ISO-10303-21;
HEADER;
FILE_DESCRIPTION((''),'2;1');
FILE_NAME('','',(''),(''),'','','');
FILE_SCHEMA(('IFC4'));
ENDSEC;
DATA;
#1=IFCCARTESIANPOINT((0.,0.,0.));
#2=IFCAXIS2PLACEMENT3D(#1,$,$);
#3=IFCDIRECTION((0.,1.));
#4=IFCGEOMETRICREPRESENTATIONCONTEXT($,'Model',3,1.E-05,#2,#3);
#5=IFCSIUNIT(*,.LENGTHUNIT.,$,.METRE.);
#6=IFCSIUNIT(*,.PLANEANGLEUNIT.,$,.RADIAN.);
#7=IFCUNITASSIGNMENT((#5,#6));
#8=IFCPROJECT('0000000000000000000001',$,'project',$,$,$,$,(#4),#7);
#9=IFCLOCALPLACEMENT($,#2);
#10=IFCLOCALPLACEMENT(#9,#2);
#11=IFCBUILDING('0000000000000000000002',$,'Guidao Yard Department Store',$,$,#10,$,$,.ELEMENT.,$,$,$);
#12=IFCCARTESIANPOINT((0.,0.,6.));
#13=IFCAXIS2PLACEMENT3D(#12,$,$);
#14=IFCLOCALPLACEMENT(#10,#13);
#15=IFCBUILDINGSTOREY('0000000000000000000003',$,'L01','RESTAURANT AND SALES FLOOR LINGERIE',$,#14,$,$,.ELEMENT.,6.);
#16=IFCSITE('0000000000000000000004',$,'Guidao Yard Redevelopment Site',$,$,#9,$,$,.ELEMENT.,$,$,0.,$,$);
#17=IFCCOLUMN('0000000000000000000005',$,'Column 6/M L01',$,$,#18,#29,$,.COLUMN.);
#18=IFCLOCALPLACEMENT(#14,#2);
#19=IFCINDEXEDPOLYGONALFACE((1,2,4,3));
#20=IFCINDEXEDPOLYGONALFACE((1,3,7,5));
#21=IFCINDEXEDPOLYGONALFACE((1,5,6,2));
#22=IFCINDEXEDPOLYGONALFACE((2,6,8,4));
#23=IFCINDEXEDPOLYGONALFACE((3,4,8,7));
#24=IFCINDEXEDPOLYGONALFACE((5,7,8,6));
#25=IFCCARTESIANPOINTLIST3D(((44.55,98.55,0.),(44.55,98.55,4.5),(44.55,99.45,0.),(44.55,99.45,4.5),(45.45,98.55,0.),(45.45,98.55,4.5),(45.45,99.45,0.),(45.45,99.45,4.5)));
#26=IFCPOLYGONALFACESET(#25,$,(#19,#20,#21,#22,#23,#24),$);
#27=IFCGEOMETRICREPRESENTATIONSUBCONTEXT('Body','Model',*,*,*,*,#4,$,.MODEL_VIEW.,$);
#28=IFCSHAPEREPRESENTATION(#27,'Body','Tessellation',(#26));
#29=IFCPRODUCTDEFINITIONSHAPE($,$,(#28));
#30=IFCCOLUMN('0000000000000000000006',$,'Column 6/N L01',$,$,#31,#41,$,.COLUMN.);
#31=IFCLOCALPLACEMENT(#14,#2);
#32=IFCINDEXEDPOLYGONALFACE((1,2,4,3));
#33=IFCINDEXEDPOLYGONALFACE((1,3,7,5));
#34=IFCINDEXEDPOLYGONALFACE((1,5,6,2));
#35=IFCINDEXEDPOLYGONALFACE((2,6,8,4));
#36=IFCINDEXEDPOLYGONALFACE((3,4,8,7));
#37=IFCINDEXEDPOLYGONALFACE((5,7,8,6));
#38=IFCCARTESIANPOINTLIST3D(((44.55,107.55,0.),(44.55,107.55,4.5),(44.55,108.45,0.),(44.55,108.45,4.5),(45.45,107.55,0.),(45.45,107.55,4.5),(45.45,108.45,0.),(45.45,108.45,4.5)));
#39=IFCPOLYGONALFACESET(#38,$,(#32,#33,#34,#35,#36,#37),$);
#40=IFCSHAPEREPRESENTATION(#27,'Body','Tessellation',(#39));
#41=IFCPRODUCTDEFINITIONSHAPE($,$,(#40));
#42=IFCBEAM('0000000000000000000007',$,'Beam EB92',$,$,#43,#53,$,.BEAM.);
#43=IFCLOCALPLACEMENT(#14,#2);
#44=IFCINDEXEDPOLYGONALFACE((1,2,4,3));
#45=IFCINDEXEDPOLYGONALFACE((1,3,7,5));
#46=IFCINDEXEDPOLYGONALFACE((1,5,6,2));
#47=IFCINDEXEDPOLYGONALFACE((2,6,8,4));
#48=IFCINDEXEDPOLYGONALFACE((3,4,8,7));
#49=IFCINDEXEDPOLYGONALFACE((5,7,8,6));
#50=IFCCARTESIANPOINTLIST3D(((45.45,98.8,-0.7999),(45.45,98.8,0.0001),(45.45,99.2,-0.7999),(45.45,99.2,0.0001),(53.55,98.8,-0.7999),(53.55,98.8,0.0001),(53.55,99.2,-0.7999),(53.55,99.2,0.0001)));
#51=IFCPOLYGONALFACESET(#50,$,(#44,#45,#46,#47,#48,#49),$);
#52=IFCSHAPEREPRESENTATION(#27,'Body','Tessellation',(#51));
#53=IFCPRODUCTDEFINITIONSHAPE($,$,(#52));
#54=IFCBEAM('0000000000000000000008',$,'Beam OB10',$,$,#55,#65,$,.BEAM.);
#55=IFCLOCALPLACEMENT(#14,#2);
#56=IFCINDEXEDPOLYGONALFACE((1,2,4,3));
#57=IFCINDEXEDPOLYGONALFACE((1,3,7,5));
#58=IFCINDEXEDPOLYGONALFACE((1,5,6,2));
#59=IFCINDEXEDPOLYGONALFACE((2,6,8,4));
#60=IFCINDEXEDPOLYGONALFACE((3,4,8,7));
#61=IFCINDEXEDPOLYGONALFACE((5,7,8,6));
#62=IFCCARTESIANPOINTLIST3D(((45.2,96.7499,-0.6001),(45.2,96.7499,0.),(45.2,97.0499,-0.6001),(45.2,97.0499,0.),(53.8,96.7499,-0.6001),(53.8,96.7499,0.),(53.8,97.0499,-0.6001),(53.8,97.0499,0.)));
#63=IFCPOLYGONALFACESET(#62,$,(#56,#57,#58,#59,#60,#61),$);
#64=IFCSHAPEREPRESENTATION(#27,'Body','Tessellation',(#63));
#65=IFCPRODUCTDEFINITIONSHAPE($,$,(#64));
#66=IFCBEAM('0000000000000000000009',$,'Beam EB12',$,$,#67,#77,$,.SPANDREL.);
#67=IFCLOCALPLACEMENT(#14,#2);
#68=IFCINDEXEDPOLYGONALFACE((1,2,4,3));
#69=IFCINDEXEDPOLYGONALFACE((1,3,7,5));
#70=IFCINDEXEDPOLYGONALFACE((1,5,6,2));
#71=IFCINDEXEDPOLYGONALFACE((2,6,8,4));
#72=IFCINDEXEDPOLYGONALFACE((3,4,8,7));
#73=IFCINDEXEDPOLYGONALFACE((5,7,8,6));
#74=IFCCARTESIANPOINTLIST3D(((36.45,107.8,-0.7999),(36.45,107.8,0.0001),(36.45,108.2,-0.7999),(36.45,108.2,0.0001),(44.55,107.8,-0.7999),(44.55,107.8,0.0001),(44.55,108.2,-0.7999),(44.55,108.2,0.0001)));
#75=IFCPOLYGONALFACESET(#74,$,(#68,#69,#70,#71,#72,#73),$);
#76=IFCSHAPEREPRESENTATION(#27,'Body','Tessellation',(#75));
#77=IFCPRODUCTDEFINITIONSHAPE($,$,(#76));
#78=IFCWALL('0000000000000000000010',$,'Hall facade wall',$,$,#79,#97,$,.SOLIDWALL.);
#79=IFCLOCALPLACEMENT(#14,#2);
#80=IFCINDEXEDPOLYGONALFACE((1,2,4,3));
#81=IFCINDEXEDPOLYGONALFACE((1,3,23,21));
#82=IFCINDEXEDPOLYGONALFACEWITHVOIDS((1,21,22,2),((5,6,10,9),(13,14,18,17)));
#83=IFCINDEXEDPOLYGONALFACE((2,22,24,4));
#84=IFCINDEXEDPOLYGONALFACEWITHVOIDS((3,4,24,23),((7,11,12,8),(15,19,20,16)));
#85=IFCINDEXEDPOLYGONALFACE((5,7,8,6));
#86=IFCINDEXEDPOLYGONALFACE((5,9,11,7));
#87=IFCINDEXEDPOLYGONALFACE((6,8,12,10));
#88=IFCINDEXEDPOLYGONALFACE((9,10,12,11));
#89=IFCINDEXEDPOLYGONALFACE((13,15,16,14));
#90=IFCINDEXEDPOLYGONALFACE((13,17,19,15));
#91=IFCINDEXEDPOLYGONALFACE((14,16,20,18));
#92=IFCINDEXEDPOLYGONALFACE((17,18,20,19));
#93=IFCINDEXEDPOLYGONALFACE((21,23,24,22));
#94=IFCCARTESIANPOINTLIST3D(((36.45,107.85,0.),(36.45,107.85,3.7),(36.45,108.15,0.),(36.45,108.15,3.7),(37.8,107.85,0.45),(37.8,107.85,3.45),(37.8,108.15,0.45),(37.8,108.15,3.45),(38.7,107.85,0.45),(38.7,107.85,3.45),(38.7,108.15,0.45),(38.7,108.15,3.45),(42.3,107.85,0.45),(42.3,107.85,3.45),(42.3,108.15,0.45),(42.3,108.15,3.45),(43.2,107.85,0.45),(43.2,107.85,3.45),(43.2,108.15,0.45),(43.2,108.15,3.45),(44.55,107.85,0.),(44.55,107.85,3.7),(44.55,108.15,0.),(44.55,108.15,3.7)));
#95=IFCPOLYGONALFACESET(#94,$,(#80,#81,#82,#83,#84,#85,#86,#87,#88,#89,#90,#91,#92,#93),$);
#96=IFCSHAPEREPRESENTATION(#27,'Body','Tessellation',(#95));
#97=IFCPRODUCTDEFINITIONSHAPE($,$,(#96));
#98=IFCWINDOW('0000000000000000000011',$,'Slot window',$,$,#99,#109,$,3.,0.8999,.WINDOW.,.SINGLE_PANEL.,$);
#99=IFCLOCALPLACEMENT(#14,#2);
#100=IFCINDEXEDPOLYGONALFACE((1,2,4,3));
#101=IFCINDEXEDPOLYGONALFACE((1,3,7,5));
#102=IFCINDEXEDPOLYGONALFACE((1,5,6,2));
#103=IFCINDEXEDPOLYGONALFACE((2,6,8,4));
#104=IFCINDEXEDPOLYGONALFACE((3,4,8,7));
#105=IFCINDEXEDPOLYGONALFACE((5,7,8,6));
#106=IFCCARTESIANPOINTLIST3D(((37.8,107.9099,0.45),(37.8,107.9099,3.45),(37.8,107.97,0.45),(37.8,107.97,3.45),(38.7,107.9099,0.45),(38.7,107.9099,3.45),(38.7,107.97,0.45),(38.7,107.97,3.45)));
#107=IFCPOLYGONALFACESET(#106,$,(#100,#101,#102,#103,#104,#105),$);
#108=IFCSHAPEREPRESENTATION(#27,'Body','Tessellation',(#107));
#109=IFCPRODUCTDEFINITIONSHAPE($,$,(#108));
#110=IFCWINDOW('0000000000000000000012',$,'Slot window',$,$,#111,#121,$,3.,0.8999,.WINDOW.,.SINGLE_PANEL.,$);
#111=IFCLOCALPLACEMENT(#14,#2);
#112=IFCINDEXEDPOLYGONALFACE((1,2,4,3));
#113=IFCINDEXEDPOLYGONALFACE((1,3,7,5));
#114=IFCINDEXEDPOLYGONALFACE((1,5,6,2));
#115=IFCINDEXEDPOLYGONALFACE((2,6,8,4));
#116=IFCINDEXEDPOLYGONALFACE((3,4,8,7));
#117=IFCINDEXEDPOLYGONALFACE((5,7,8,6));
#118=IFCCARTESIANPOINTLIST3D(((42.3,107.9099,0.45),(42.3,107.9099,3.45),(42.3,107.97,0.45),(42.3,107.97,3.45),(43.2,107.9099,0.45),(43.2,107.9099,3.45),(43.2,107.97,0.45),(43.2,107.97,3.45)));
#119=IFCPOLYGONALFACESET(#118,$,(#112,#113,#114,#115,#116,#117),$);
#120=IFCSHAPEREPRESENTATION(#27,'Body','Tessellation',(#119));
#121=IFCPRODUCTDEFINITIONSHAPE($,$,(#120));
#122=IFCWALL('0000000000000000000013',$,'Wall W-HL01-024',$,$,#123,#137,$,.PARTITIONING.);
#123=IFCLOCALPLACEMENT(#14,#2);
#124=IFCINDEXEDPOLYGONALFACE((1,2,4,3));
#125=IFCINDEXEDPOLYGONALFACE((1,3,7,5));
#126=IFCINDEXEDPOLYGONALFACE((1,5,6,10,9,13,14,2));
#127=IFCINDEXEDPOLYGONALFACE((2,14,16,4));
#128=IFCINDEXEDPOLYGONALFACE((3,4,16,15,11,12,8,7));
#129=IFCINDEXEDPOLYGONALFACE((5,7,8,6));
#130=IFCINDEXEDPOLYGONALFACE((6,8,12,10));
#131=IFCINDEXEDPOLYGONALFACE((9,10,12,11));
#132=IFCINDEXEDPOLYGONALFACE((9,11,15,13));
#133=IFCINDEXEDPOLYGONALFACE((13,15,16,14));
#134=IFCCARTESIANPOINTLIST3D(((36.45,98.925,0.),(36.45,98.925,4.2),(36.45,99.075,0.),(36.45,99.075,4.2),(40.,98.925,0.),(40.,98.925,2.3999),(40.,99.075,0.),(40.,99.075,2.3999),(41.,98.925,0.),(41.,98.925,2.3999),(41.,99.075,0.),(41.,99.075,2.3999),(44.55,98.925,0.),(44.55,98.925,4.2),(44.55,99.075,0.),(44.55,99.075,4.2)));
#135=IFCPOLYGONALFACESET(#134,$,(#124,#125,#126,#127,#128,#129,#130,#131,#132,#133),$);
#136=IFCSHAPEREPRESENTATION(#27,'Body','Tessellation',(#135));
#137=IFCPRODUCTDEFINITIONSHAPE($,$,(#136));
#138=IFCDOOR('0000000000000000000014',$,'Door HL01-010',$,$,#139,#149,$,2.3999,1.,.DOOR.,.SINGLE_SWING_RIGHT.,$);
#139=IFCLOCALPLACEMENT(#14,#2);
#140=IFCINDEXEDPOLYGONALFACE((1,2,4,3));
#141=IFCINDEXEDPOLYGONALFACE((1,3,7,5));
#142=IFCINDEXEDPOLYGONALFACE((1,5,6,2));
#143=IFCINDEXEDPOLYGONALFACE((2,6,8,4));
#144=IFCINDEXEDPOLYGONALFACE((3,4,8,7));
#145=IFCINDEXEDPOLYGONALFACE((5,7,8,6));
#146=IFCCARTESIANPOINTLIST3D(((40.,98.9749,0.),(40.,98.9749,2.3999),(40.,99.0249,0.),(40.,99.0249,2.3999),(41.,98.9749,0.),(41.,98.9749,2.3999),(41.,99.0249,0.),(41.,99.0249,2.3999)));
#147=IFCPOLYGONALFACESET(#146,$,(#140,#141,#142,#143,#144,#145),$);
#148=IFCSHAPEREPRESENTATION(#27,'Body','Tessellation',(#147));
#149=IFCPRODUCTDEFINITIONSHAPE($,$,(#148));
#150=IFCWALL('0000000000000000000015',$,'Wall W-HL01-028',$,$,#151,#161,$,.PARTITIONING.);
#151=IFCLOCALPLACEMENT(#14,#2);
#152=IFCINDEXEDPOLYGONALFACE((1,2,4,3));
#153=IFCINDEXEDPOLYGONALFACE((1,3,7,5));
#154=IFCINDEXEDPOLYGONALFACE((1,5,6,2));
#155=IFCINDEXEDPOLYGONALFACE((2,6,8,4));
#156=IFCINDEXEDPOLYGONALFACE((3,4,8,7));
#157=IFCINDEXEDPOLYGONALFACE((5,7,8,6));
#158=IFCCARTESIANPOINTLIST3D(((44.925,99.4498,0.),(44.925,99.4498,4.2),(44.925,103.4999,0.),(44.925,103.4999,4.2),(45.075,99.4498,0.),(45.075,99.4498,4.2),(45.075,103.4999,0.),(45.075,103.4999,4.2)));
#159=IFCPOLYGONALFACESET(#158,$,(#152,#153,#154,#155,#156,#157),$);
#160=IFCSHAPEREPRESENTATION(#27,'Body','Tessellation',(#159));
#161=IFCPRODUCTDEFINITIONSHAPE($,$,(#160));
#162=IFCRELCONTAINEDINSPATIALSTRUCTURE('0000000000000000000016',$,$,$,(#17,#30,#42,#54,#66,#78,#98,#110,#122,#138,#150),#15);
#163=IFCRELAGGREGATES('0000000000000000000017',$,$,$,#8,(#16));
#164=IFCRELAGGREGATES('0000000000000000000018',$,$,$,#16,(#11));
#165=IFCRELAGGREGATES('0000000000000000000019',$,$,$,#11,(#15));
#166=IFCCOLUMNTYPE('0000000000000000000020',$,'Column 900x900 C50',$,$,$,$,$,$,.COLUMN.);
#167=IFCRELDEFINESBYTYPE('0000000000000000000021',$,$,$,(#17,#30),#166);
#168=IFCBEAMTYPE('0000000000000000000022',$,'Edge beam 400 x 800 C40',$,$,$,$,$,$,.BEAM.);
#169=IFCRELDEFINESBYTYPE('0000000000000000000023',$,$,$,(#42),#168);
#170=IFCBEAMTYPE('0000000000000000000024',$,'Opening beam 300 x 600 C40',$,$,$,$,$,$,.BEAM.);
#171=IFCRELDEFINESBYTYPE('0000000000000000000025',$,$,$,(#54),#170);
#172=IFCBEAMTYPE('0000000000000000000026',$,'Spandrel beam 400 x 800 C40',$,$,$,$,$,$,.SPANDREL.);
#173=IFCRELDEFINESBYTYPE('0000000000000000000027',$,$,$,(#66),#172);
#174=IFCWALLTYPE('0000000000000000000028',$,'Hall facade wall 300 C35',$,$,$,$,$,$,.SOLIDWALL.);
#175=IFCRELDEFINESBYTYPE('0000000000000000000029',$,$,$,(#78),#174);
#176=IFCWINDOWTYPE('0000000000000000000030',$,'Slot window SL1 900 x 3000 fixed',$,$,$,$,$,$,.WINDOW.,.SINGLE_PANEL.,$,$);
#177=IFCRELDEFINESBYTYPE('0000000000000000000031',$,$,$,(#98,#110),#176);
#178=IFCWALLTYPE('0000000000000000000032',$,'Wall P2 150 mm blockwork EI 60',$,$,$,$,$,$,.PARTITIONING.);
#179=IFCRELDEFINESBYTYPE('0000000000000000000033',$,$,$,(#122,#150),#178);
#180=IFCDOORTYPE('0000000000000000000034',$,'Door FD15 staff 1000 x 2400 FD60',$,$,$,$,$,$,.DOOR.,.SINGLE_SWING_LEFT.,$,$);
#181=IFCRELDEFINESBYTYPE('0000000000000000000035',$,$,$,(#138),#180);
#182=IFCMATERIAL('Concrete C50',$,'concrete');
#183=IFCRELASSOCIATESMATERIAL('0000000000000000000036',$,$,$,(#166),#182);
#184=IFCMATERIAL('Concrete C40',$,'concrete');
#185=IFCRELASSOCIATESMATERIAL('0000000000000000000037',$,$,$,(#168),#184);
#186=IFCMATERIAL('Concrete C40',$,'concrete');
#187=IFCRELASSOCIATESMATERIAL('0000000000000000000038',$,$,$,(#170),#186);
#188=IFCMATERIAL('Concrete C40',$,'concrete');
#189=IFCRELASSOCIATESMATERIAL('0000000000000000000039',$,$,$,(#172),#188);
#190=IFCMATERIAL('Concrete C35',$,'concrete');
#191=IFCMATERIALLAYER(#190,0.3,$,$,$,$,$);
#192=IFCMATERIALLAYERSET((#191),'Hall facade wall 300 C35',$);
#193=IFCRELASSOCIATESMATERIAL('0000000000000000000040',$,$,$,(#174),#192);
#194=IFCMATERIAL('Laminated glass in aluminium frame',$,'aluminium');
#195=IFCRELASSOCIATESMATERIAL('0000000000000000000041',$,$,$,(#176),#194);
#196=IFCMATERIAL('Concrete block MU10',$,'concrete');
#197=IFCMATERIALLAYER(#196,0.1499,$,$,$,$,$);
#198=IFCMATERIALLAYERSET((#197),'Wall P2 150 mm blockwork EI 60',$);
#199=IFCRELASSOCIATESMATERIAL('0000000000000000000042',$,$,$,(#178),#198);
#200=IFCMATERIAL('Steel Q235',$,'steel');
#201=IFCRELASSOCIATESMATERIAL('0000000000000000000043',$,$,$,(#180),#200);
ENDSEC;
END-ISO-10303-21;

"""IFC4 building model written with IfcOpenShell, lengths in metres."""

from ifc_helpers import new_model, si_unit, direction, frame, frame_2d, origin, origin_2d, place, context, subcontext, project, spatial, rectangle, extrude, material, layer, layer_set, material_profile, profile_set, type_object, element, fill, save


model = new_model("IFC4")

# Units and contexts
model_context = context("Model", 3, precision=1e-05, world=origin(), true_north=direction((0.0, 1.0)))
body_context = subcontext(model_context, "Body", "Model", "MODEL_VIEW")
ifc_project = project(units=[si_unit("LENGTHUNIT", "METRE"), si_unit("PLANEANGLEUNIT", "RADIAN")], contexts=[model_context])

# Site, building, storey
site_placement = place(None, origin())
site = spatial("IfcSite", under=ifc_project, at=site_placement, Name="Guidao Yard Redevelopment Site", CompositionType="ELEMENT", RefElevation=0.0)
building_placement = place(site_placement, origin())
building = spatial("IfcBuilding", under=site, at=building_placement, Name="Guidao Yard Department Store", CompositionType="ELEMENT")
storey_placement = place(building_placement, frame((0.0, 0.0, 6.0)))
storey = spatial("IfcBuildingStorey", under=building, at=storey_placement, Name="L01", Description="RESTAURANT AND SALES FLOOR LINGERIE", CompositionType="ELEMENT", Elevation=6.0)

# Columns
ifc_material_1 = material(Name="Concrete C50", Category="concrete")
ifc_material_profile_1 = material_profile(ifc_material_1, rectangle(XDim=0.8999, YDim=0.8999, at=origin_2d()), Name="COL 900x900")
ifc_profile_set_1 = profile_set([ifc_material_profile_1], Name="Concrete C50")
column_type = type_object("IfcColumnType", Name="Column 900x900 C50", PredefinedType="COLUMN", material=ifc_profile_set_1)
for number, where, z_axis, x_axis, name in (
    (1, (45.0, 99.0, 0.0), (0.0, 0.0, 1.0), (1.0, 0.0, 0.0), "Column 6/M L01"),
    (2, (45.0, 108.0, 0.0), (0.0, 0.0, 1.0), (1.0, 0.0, 0.0), "Column 6/N L01"),
):
    element("IfcColumn", number, at=place(storey_placement, frame(where, z_axis=z_axis, x_axis=x_axis)), inside=storey, type_object=column_type, Name=name, PredefinedType="COLUMN", context=body_context, shape_type="SweptSolid", body=[
        extrude(rectangle(XDim=0.8999, YDim=0.8999, at=origin_2d()), origin(), (0.0, 0.0, 1.0), 4.5),
    ])

# Beams
ifc_material_2 = material(Name="Concrete C40", Category="concrete")
ifc_material_profile_2 = material_profile(ifc_material_2, rectangle(XDim=0.3999, YDim=0.8, at=origin_2d()), Name="Edge beam 400 x 800 C40")
ifc_profile_set_2 = profile_set([ifc_material_profile_2], Name="Concrete C40")
beam_type_1 = type_object("IfcBeamType", Name="Edge beam 400 x 800 C40", PredefinedType="BEAM", material=ifc_profile_set_2)
beam_1_placement = place(storey_placement, frame((45.45, 99.0, -0.3999), z_axis=(1.0, 0.0, 0.0), x_axis=(0.0, 1.0, 0.0)))
element("IfcBeam", 3, at=beam_1_placement, inside=storey, type_object=beam_type_1, Name="Beam EB92", PredefinedType="BEAM", context=body_context, shape_type="SweptSolid", body=[
    extrude(rectangle(XDim=0.3999, YDim=0.8, at=origin_2d()), origin(), (0.0, 0.0, 1.0), 8.1001),
])
ifc_material_3 = material(Name="Concrete C40", Category="concrete")
ifc_material_profile_3 = material_profile(ifc_material_3, rectangle(XDim=0.3, YDim=0.6001, at=origin_2d()), Name="Opening beam 300 x 600 C40")
ifc_profile_set_3 = profile_set([ifc_material_profile_3], Name="Concrete C40")
beam_type_2 = type_object("IfcBeamType", Name="Opening beam 300 x 600 C40", PredefinedType="BEAM", material=ifc_profile_set_3)
beam_2_placement = place(storey_placement, frame((45.2, 96.8999, -0.3), z_axis=(1.0, 0.0, 0.0), x_axis=(0.0, 1.0, 0.0)))
element("IfcBeam", 4, at=beam_2_placement, inside=storey, type_object=beam_type_2, Name="Beam OB10", PredefinedType="BEAM", context=body_context, shape_type="SweptSolid", body=[
    extrude(rectangle(XDim=0.3, YDim=0.6001, at=origin_2d()), origin(), (0.0, 0.0, 1.0), 8.6001),
])
ifc_material_4 = material(Name="Concrete C40", Category="concrete")
ifc_material_profile_4 = material_profile(ifc_material_4, rectangle(XDim=0.3999, YDim=0.8, at=origin_2d()), Name="Spandrel beam 400 x 800 C40")
ifc_profile_set_4 = profile_set([ifc_material_profile_4], Name="Concrete C40")
beam_type_3 = type_object("IfcBeamType", Name="Spandrel beam 400 x 800 C40", PredefinedType="SPANDREL", material=ifc_profile_set_4)
beam_3_placement = place(storey_placement, frame((36.45, 108.0, -0.3999), z_axis=(1.0, 0.0, 0.0), x_axis=(0.0, 1.0, 0.0)))
element("IfcBeam", 5, at=beam_3_placement, inside=storey, type_object=beam_type_3, Name="Beam EB12", PredefinedType="SPANDREL", context=body_context, shape_type="SweptSolid", body=[
    extrude(rectangle(XDim=0.3999, YDim=0.8, at=origin_2d()), origin(), (0.0, 0.0, 1.0), 8.1001),
])

# Wall, openings, windows
ifc_material_5 = material(Name="Concrete C35", Category="concrete")
ifc_layer_1 = layer(ifc_material_5, 0.3)
ifc_layer_set_1 = layer_set([ifc_layer_1], Name="Hall facade wall 300 C35")
wall_type_1 = type_object("IfcWallType", Name="Hall facade wall 300 C35", PredefinedType="SOLIDWALL", material=ifc_layer_set_1)
wall_1_placement = place(storey_placement, frame((36.45, 108.0, 0.0), z_axis=(0.0, 0.0, 1.0), x_axis=(1.0, 0.0, 0.0)))
wall_1 = element("IfcWall", 6, at=wall_1_placement, inside=storey, type_object=wall_type_1, Name="Hall facade wall", PredefinedType="SOLIDWALL", context=body_context, shape_type="SweptSolid", body=[
    extrude(rectangle(XDim=8.1001, YDim=0.3, at=frame_2d((4.05, 0.0))), origin(), (0.0, 0.0, 1.0), 3.7),
])
opening_1_placement = place(wall_1_placement, frame((1.3501, 0.0, 0.45)))
opening_1 = element("IfcOpeningElement", 7, at=opening_1_placement, cuts=wall_1, PredefinedType="OPENING", context=body_context, shape_type="SweptSolid", body=[
    extrude(rectangle(XDim=0.8999, YDim=3.0, at=frame_2d((0.45, 1.5))), frame((0.0, 0.1599, 0.0), z_axis=(0.0, -1.0, 0.0), x_axis=(1.0, 0.0, 0.0)), (0.0, 0.0, 1.0), 0.3201),
])
opening_2_placement = place(wall_1_placement, frame((5.8501, 0.0, 0.45)))
opening_2 = element("IfcOpeningElement", 8, at=opening_2_placement, cuts=wall_1, PredefinedType="OPENING", context=body_context, shape_type="SweptSolid", body=[
    extrude(rectangle(XDim=0.8999, YDim=3.0, at=frame_2d((0.45, 1.5))), frame((0.0, 0.1599, 0.0), z_axis=(0.0, -1.0, 0.0), x_axis=(1.0, 0.0, 0.0)), (0.0, 0.0, 1.0), 0.3201),
])
ifc_material_6 = material(Name="Laminated glass in aluminium frame", Category="aluminium")
window_type = type_object("IfcWindowType", Name="Slot window SL1 900 x 3000 fixed", PartitioningType="SINGLE_PANEL", PredefinedType="WINDOW", material=ifc_material_6)
window_1_placement = place(opening_1_placement, origin())
window_1 = element("IfcWindow", 9, at=window_1_placement, inside=storey, type_object=window_type, Name="Slot window", OverallHeight=3.0, OverallWidth=0.8999, PartitioningType="SINGLE_PANEL", PredefinedType="WINDOW", context=body_context, shape_type="SweptSolid", body=[
    extrude(rectangle(XDim=0.8999, YDim=3.0, at=frame_2d((0.45, 1.5))), frame((0.0, -0.03, 0.0), z_axis=(0.0, -1.0, 0.0), x_axis=(1.0, 0.0, 0.0)), (0.0, 0.0, 1.0), 0.0601),
])
fill(opening_1, window_1)
window_2_placement = place(opening_2_placement, origin())
window_2 = element("IfcWindow", 10, at=window_2_placement, inside=storey, type_object=window_type, Name="Slot window", OverallHeight=3.0, OverallWidth=0.8999, PartitioningType="SINGLE_PANEL", PredefinedType="WINDOW", context=body_context, shape_type="SweptSolid", body=[
    extrude(rectangle(XDim=0.8999, YDim=3.0, at=frame_2d((0.45, 1.5))), frame((0.0, -0.03, 0.0), z_axis=(0.0, -1.0, 0.0), x_axis=(1.0, 0.0, 0.0)), (0.0, 0.0, 1.0), 0.0601),
])
fill(opening_2, window_2)

# Wall, opening, door
ifc_material_7 = material(Name="Concrete block MU10", Category="concrete")
ifc_layer_2 = layer(ifc_material_7, 0.1499)
ifc_layer_set_2 = layer_set([ifc_layer_2], Name="Wall P2 150 mm blockwork EI 60")
wall_type_2 = type_object("IfcWallType", Name="Wall P2 150 mm blockwork EI 60", PredefinedType="PARTITIONING", material=ifc_layer_set_2)
wall_2_placement = place(storey_placement, frame((36.45, 99.0, 0.0), z_axis=(0.0, 0.0, 1.0), x_axis=(1.0, 0.0, 0.0)))
wall_2 = element("IfcWall", 11, at=wall_2_placement, inside=storey, type_object=wall_type_2, Name="Wall W-HL01-024", PredefinedType="PARTITIONING", context=body_context, shape_type="SweptSolid", body=[
    extrude(rectangle(XDim=8.1001, YDim=0.1499, at=frame_2d((4.05, 0.0))), origin(), (0.0, 0.0, 1.0), 4.2),
])
opening_3_placement = place(wall_2_placement, frame((3.55, 0.0, 0.0)))
opening_3 = element("IfcOpeningElement", 12, at=opening_3_placement, cuts=wall_2, PredefinedType="OPENING", context=body_context, shape_type="SweptSolid", body=[
    extrude(rectangle(XDim=1.0, YDim=2.3999, at=frame_2d((0.5, 1.2))), frame((0.0, 0.085, 0.0), z_axis=(0.0, -1.0, 0.0), x_axis=(1.0, 0.0, 0.0)), (0.0, 0.0, 1.0), 0.1699),
])
ifc_material_8 = material(Name="Steel Q235", Category="steel")
door_type_1 = type_object("IfcDoorType", Name="Door FD15 staff 1000 x 2400 FD60", OperationType="SINGLE_SWING_LEFT", PredefinedType="DOOR", material=ifc_material_8)
door_1_placement = place(opening_3_placement, origin())
door_1 = element("IfcDoor", 13, at=door_1_placement, inside=storey, type_object=door_type_1, Name="Door HL01-010", OperationType="SINGLE_SWING_RIGHT", OverallHeight=2.3999, OverallWidth=1.0, PredefinedType="DOOR", context=body_context, shape_type="SweptSolid", body=[
    extrude(rectangle(XDim=1.0, YDim=2.3999, at=frame_2d((0.5, 1.2))), frame((0.0, 0.0249, 0.0), z_axis=(0.0, -1.0, 0.0), x_axis=(1.0, 0.0, 0.0)), (0.0, 0.0, 1.0), 0.05),
])
fill(opening_3, door_1)

# Wall
wall_3_placement = place(storey_placement, frame((45.0, 99.45, 0.0), z_axis=(0.0, 0.0, 1.0), x_axis=(0.0, 1.0, 0.0)))
element("IfcWall", 14, at=wall_3_placement, inside=storey, type_object=wall_type_2, Name="Wall W-HL01-028", PredefinedType="PARTITIONING", context=body_context, shape_type="SweptSolid", body=[
    extrude(rectangle(XDim=4.05, YDim=0.1499, at=frame_2d((2.0249, 0.0))), origin(), (0.0, 0.0, 1.0), 4.2),
])

save(model, "model.ifc")
